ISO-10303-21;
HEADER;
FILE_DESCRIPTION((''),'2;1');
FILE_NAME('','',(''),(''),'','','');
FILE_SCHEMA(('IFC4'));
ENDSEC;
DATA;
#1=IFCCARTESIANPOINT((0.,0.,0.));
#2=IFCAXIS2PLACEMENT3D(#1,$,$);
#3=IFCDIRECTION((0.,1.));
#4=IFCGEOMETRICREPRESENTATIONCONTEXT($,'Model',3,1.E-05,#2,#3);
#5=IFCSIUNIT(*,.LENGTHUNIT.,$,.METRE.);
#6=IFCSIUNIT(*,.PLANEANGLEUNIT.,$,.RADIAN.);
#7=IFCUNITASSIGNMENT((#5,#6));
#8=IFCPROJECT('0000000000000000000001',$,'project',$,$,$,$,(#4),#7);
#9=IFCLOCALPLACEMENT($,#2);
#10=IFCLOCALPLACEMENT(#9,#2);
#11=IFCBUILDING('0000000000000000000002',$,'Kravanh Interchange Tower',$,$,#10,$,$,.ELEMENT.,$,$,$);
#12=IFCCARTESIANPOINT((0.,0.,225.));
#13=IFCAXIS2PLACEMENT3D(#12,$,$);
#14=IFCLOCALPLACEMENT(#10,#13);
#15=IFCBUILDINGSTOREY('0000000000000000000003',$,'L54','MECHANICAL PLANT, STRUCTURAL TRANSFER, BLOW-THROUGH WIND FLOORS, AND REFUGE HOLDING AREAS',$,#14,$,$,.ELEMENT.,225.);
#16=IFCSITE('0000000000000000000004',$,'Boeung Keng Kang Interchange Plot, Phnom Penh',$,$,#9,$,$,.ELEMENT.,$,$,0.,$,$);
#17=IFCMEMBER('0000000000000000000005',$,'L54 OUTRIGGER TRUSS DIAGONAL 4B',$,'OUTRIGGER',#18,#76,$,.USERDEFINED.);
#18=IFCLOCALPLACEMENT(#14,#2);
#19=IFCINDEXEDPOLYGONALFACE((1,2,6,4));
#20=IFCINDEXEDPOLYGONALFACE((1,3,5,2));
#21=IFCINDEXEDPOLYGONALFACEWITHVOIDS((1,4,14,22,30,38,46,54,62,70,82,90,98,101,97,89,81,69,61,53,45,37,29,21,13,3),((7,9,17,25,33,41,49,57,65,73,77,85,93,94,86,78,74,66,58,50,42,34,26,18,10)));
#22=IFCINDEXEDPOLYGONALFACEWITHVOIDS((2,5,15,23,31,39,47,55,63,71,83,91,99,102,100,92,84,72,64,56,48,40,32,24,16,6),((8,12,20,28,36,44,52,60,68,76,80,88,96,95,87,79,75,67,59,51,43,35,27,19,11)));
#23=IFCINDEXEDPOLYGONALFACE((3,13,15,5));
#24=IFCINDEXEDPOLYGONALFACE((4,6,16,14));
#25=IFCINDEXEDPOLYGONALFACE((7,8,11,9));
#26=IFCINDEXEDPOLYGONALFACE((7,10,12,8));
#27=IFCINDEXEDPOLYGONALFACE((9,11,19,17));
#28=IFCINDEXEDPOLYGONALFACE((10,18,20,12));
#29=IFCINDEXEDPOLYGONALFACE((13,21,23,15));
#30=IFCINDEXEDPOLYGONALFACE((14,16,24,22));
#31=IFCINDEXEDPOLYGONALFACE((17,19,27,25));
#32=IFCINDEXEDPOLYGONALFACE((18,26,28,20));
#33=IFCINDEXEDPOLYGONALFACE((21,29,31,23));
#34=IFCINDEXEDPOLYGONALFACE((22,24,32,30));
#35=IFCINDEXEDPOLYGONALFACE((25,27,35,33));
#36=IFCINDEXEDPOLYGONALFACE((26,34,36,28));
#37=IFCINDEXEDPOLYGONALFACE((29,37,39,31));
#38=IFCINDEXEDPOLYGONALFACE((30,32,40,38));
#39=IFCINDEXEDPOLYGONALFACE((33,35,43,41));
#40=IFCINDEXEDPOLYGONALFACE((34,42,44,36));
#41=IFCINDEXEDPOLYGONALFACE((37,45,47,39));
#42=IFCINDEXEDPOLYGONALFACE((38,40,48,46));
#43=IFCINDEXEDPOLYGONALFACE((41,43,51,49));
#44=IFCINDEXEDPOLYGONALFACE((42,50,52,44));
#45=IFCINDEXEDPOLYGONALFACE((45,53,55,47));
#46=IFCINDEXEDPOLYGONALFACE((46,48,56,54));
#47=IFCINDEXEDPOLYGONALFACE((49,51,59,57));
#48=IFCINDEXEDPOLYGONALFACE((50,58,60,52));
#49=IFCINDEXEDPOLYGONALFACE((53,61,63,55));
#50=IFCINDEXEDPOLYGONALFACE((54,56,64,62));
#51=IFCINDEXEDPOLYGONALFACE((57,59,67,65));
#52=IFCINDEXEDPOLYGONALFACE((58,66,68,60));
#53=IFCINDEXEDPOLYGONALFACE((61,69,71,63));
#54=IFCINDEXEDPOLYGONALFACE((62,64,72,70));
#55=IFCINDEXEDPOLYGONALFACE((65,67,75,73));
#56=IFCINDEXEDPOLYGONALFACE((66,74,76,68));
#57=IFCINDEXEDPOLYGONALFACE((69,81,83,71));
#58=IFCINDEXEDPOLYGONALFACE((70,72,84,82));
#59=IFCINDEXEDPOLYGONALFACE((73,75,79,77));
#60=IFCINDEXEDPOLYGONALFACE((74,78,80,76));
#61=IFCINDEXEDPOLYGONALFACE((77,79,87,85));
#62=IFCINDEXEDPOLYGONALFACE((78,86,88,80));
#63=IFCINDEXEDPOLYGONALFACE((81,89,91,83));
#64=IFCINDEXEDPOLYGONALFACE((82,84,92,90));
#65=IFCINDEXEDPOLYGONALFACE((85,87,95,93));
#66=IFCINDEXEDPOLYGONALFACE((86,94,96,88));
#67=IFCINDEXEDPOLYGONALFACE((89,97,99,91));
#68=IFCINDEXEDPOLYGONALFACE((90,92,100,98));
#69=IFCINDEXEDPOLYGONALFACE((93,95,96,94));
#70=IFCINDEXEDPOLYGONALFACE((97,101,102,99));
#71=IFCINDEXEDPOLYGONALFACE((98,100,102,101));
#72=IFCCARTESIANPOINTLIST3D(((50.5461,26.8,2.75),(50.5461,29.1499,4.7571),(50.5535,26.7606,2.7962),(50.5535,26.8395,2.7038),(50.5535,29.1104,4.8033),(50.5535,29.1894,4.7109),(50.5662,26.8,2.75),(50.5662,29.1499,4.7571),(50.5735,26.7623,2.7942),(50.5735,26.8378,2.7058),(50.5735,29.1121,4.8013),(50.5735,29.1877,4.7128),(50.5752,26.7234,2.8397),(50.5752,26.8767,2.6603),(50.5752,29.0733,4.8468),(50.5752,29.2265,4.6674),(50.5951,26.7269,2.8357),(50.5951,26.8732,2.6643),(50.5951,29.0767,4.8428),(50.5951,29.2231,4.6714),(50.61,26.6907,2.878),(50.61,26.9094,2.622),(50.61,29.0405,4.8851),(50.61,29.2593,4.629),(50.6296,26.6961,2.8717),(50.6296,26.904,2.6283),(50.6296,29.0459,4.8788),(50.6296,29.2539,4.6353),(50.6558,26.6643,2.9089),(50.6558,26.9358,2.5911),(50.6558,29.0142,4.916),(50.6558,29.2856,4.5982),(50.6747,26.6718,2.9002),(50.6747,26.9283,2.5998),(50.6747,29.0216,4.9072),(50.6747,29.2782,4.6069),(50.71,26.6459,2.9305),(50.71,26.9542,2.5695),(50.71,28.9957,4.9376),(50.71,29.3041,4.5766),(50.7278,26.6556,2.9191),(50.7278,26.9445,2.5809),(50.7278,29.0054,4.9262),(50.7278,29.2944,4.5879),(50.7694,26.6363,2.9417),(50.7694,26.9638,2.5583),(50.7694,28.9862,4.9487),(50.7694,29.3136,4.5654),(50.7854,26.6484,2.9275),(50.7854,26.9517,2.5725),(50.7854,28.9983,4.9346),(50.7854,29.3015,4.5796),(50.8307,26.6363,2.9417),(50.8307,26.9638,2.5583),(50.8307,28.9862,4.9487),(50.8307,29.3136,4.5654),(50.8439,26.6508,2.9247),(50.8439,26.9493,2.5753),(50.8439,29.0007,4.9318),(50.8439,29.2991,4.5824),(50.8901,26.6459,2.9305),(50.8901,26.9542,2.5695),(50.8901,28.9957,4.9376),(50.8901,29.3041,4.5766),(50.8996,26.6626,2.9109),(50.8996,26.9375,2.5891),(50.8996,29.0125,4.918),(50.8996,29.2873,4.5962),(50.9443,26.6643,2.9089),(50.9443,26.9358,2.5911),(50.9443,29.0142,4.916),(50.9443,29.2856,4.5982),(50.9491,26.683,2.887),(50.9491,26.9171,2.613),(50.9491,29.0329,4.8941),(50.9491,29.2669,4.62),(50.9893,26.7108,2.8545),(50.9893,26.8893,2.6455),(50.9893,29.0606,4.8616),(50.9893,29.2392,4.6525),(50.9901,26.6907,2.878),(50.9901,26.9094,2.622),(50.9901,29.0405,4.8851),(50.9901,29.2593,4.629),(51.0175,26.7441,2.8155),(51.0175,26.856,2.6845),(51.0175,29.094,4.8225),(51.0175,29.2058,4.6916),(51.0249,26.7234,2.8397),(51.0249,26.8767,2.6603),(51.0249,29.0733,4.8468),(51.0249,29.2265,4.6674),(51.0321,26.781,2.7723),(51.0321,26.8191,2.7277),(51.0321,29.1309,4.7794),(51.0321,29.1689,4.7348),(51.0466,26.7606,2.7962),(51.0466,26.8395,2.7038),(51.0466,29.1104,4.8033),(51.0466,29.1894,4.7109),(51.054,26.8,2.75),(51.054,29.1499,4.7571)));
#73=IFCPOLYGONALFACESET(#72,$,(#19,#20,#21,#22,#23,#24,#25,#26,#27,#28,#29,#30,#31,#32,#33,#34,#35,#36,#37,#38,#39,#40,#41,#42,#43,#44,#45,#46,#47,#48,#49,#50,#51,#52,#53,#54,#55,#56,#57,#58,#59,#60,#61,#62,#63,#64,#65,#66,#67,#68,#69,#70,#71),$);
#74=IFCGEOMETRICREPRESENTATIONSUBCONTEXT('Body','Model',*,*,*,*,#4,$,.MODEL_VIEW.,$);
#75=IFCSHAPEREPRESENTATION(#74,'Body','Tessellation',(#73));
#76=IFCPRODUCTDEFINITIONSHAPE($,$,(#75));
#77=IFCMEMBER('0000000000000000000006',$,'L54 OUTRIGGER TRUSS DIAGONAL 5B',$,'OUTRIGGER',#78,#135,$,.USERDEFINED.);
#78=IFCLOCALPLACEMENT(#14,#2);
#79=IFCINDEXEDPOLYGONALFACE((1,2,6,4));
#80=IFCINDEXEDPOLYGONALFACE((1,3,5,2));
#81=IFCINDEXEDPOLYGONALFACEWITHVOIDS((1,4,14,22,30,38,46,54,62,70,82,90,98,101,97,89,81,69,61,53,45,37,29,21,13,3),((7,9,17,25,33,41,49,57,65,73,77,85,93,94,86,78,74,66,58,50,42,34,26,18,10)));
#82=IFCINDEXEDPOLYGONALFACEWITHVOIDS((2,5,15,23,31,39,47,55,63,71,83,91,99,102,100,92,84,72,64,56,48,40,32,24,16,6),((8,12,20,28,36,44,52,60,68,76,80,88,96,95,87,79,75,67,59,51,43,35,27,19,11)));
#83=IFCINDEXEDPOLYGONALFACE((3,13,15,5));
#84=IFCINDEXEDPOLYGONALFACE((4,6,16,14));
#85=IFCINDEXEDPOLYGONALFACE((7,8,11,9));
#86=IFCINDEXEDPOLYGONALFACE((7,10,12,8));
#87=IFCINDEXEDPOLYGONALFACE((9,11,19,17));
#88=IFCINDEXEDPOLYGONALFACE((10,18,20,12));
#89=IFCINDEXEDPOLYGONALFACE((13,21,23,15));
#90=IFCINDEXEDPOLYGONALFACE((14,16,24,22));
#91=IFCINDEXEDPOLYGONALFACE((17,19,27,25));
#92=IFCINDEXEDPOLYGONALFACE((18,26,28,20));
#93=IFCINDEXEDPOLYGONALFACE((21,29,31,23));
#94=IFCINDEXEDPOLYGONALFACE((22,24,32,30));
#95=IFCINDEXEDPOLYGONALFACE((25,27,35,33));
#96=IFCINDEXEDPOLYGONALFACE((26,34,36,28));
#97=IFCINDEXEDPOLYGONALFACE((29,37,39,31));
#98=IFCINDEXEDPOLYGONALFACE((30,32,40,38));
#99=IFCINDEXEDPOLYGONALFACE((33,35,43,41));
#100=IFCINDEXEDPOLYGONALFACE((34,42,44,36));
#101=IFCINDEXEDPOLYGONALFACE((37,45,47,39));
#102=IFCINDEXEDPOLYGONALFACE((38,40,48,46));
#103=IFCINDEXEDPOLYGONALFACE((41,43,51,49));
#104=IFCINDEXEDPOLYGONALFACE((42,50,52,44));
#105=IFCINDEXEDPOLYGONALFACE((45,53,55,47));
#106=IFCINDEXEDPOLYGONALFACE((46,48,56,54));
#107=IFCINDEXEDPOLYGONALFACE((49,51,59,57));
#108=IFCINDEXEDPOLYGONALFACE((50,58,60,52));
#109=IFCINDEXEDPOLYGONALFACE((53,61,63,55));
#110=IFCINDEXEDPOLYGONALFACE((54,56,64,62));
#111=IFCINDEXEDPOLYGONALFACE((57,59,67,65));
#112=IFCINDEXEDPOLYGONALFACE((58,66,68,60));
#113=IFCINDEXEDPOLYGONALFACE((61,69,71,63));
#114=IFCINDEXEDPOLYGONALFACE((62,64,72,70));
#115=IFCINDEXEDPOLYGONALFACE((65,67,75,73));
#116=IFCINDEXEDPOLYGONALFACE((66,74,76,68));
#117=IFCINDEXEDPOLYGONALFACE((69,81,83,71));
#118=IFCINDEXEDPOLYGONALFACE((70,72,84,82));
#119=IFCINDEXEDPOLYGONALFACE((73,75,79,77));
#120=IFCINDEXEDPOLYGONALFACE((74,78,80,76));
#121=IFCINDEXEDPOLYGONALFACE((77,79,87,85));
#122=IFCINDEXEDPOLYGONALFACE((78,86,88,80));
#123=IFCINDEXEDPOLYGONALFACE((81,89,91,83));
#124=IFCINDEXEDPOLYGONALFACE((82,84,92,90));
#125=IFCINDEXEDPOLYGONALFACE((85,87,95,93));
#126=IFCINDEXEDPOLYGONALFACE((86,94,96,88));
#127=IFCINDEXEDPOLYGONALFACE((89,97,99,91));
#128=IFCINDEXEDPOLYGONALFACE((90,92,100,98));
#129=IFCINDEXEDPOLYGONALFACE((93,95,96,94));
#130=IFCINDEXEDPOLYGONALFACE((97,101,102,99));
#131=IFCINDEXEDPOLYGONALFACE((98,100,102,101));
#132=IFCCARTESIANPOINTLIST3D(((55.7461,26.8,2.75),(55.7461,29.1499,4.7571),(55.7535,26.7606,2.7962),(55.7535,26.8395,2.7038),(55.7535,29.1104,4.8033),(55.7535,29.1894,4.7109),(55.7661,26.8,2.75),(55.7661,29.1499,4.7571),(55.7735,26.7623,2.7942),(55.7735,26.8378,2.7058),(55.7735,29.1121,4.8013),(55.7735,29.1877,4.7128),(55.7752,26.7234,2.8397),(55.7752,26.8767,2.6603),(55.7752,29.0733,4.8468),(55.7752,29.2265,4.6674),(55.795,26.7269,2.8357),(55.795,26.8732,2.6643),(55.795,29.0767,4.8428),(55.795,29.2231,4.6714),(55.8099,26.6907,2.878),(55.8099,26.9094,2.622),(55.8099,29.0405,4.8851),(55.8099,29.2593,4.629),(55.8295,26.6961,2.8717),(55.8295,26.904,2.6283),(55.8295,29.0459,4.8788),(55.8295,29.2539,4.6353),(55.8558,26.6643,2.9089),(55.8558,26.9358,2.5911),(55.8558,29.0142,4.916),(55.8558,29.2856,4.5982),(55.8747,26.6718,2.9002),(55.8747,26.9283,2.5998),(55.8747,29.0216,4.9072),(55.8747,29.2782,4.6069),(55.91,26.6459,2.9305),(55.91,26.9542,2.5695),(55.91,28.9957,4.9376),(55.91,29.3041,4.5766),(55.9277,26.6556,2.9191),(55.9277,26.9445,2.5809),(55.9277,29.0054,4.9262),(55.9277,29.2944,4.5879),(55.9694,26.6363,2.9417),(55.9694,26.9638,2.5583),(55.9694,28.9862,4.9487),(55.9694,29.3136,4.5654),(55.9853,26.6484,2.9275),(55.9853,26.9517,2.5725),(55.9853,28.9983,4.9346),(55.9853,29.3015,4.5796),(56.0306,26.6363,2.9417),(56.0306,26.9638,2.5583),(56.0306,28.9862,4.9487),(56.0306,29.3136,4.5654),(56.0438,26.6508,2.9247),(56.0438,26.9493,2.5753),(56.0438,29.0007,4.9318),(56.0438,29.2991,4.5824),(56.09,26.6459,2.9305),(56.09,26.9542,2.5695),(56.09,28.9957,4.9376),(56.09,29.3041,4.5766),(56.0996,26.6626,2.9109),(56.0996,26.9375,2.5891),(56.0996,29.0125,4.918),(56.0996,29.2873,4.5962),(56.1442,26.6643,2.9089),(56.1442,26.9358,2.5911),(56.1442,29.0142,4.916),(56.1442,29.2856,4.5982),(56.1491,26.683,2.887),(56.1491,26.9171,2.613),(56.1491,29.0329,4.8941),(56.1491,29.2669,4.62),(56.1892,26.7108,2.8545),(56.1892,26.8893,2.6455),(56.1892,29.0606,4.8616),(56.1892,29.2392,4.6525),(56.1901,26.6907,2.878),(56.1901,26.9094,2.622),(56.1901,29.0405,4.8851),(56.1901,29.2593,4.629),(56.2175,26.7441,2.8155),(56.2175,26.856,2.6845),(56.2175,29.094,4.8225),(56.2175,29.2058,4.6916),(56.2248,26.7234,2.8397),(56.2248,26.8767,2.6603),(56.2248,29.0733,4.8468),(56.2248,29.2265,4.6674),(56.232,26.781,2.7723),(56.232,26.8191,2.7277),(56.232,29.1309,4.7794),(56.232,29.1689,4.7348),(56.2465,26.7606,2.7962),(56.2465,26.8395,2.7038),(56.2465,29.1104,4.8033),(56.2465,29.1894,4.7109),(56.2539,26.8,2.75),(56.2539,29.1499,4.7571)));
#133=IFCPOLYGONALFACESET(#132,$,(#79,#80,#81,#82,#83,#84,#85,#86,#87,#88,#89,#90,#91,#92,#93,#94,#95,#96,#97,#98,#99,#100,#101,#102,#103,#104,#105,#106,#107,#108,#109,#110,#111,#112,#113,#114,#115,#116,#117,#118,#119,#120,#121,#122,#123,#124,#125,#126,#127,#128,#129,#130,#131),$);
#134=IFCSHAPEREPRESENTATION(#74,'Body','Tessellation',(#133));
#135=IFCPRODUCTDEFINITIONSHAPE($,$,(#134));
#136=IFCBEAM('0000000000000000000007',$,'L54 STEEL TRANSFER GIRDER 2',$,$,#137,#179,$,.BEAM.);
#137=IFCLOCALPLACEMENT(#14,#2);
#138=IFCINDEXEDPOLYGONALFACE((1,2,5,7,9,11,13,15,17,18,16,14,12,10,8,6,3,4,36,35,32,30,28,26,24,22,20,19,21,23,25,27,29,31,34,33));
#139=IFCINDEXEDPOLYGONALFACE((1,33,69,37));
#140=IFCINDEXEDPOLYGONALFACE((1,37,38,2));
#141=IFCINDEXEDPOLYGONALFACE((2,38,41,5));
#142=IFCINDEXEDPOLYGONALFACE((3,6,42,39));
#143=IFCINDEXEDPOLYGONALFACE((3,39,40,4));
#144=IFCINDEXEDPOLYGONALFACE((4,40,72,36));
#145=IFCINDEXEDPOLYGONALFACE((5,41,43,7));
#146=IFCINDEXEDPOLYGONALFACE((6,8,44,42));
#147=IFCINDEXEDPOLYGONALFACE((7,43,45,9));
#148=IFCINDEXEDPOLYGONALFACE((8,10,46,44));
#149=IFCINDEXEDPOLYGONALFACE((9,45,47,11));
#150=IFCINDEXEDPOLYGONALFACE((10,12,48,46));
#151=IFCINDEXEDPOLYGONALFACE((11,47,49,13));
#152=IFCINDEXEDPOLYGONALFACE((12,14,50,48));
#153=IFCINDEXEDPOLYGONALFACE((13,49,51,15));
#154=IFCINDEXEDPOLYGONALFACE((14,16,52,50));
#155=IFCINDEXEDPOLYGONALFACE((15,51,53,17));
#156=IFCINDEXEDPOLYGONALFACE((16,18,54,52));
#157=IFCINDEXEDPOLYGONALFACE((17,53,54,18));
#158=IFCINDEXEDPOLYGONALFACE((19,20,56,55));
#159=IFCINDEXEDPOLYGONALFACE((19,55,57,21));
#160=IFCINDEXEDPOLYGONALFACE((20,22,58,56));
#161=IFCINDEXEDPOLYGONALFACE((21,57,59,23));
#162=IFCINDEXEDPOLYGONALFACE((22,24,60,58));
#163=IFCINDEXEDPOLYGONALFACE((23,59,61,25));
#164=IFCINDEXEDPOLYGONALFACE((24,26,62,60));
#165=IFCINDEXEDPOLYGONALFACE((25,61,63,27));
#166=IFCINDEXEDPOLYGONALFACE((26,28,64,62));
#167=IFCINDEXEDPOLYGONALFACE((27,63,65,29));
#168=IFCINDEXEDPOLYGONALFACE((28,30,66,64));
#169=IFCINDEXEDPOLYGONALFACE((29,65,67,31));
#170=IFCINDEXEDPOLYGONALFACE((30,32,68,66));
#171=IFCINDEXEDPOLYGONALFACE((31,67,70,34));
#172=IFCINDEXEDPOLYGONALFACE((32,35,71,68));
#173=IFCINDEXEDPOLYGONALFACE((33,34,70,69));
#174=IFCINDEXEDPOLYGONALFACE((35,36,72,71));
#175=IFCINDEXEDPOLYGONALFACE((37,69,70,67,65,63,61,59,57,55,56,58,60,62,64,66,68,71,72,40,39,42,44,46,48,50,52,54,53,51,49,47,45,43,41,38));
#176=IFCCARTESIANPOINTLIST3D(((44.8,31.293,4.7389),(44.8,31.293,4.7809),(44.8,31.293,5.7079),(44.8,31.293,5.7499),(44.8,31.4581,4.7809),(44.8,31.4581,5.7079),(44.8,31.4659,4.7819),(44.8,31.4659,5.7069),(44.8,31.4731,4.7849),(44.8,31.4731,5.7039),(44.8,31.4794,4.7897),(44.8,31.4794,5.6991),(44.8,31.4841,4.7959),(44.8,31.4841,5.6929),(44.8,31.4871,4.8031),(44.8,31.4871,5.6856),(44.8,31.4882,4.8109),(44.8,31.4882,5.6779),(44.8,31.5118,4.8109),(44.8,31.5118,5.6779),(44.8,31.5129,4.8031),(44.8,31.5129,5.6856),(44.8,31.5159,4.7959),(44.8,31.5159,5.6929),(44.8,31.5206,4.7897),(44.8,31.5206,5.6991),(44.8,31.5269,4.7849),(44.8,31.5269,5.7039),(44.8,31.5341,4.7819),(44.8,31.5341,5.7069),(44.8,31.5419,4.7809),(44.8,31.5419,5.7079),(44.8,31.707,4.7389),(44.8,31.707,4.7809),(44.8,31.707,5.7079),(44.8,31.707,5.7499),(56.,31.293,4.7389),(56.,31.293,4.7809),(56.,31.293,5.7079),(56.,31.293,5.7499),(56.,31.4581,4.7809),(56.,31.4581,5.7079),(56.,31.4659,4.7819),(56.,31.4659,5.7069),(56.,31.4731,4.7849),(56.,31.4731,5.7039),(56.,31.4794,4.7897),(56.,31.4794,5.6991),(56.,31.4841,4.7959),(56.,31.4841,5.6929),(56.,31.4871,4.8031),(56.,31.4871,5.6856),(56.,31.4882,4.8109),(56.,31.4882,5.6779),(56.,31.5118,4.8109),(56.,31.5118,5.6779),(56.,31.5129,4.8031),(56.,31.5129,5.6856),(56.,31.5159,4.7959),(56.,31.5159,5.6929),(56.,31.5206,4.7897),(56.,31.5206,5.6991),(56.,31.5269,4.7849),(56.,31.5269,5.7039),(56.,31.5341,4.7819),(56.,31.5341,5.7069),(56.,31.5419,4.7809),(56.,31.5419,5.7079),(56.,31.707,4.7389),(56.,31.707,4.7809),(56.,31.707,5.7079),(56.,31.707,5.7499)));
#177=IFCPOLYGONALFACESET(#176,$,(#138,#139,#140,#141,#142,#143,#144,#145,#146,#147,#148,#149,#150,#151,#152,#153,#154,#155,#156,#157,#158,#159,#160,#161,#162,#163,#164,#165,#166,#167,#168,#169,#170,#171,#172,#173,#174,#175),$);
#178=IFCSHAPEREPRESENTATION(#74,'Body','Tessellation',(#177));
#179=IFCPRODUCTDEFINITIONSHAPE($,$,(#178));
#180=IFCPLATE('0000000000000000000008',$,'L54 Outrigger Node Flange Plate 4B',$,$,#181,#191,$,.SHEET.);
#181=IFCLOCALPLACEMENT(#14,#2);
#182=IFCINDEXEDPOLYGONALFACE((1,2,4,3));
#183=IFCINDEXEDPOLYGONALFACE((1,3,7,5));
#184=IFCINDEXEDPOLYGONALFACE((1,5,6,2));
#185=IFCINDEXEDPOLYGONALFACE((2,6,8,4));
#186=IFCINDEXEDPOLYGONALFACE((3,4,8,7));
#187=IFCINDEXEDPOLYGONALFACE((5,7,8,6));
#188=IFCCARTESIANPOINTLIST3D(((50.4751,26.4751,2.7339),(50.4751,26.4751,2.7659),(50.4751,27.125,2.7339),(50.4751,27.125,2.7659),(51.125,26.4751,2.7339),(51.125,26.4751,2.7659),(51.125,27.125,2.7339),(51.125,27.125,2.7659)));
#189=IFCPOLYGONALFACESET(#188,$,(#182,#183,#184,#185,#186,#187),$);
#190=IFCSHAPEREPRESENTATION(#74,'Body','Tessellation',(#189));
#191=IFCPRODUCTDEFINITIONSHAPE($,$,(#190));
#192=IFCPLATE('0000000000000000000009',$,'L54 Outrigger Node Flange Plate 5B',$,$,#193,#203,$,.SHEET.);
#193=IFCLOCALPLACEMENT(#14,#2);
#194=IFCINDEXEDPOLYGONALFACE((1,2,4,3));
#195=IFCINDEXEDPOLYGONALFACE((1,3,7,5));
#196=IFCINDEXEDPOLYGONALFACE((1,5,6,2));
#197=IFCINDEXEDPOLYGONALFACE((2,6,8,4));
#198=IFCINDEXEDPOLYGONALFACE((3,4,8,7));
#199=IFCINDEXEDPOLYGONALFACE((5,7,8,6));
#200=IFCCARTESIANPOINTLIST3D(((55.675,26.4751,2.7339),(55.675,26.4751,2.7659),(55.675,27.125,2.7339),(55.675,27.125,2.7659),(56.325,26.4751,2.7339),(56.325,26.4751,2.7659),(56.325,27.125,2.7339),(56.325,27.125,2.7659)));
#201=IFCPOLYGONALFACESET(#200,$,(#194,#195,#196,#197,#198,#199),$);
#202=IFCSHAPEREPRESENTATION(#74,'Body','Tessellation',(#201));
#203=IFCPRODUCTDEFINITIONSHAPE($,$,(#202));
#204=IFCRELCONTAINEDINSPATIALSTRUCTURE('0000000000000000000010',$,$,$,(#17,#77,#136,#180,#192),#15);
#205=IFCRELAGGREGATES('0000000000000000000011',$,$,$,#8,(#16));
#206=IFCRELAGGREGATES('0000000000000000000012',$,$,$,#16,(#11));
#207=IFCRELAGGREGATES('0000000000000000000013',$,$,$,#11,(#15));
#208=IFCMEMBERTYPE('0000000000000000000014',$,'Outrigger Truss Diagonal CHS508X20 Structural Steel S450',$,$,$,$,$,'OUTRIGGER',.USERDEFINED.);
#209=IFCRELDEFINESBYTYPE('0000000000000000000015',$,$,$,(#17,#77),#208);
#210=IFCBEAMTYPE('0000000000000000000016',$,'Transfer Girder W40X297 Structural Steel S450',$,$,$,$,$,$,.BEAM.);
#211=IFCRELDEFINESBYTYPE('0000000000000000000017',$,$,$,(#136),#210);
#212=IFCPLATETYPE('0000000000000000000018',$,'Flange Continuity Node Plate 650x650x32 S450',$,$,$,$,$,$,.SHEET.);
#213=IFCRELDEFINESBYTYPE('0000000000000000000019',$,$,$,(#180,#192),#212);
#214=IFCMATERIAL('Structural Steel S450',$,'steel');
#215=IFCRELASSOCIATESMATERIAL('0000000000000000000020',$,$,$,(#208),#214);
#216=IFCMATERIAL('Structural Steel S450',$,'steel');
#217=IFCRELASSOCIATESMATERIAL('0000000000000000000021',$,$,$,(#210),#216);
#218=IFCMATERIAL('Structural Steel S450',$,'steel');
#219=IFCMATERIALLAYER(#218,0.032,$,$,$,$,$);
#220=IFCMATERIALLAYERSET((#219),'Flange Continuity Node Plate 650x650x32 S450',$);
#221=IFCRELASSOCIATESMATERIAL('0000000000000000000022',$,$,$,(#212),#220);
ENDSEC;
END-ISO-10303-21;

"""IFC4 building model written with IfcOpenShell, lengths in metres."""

from ifc_helpers import new_model, si_unit, direction, frame, origin, origin_2d, place, context, subcontext, project, spatial, rectangle, hollow_circle, i_section, extrude, material, layer, layer_set, material_profile, profile_set, type_object, element, save


model = new_model("IFC4")

# Units and contexts
model_context = context("Model", 3, precision=1e-05, world=origin(), true_north=direction((0.0, 1.0)))
body_context = subcontext(model_context, "Body", "Model", "MODEL_VIEW")
ifc_project = project(units=[si_unit("LENGTHUNIT", "METRE"), si_unit("PLANEANGLEUNIT", "RADIAN")], contexts=[model_context])

# Site, building, storey
site_placement = place(None, origin())
site = spatial("IfcSite", under=ifc_project, at=site_placement, Name="Boeung Keng Kang Interchange Plot, Phnom Penh", CompositionType="ELEMENT", RefElevation=0.0)
building_placement = place(site_placement, origin())
building = spatial("IfcBuilding", under=site, at=building_placement, Name="Kravanh Interchange Tower", CompositionType="ELEMENT")
storey_placement = place(building_placement, frame((0.0, 0.0, 225.0)))
storey = spatial("IfcBuildingStorey", under=building, at=storey_placement, Name="L54", Description="MECHANICAL PLANT, STRUCTURAL TRANSFER, BLOW-THROUGH WIND FLOORS, AND REFUGE HOLDING AREAS", CompositionType="ELEMENT", Elevation=225.0)

# Members
ifc_material_1 = material(Name="Structural Steel S450", Category="steel")
ifc_material_profile_1 = material_profile(ifc_material_1, hollow_circle(Radius=0.2539, WallThickness=0.02, at=origin_2d()), Name="CHS508X20")
ifc_profile_set_1 = profile_set([ifc_material_profile_1], Name="Structural Steel S450")
member_type_1 = type_object("IfcMemberType", Name="Outrigger Truss Diagonal CHS508X20 Structural Steel S450", ElementType="OUTRIGGER", PredefinedType="USERDEFINED", material=ifc_profile_set_1)
for number, where, z_axis, x_axis, name in (
    (1, (50.8, 26.8, 2.75), (0.0, 0.760387, 0.64947), (-1.0, 0.0, 0.0), "L54 OUTRIGGER TRUSS DIAGONAL 4B"),
    (2, (56.0, 26.8, 2.75), (0.0, 0.760387, 0.64947), (-1.0, 0.0, 0.0), "L54 OUTRIGGER TRUSS DIAGONAL 5B"),
):
    element("IfcMember", number, at=place(storey_placement, frame(where, z_axis=z_axis, x_axis=x_axis)), inside=storey, type_object=member_type_1, Name=name, ObjectType="OUTRIGGER", PredefinedType="USERDEFINED", context=body_context, shape_type="SweptSolid", body=[
        extrude(hollow_circle(Radius=0.2539, WallThickness=0.02, at=origin_2d()), origin(), (0.0, 0.0, 1.0), 3.0903),
    ])

# Beam
ifc_material_2 = material(Name="Structural Steel S450", Category="steel")
ifc_material_profile_2 = material_profile(ifc_material_2, i_section(OverallWidth=0.4141, OverallDepth=1.011, WebThickness=0.0237, FlangeThickness=0.042, FilletRadius=0.03, at=origin_2d()), Name="W40X297")
ifc_profile_set_2 = profile_set([ifc_material_profile_2], Name="Structural Steel S450")
beam_type_1 = type_object("IfcBeamType", Name="Transfer Girder W40X297 Structural Steel S450", PredefinedType="BEAM", material=ifc_profile_set_2)
beam_1_placement = place(storey_placement, frame((44.8, 31.5, 5.2444), z_axis=(1.0, 0.0, 0.0), x_axis=(0.0, 1.0, 0.0)))
element("IfcBeam", 3, at=beam_1_placement, inside=storey, type_object=beam_type_1, Name="L54 STEEL TRANSFER GIRDER 2", PredefinedType="BEAM", context=body_context, shape_type="SweptSolid", body=[
    extrude(i_section(OverallWidth=0.4141, OverallDepth=1.011, WebThickness=0.0237, FlangeThickness=0.042, FilletRadius=0.03, at=origin_2d()), origin(), (0.0, 0.0, 1.0), 11.2),
])

# Plates
ifc_material_3 = material(Name="Structural Steel S450", Category="steel")
ifc_layer_1 = layer(ifc_material_3, 0.032)
ifc_layer_set_1 = layer_set([ifc_layer_1], Name="Flange Continuity Node Plate 650x650x32 S450")
plate_type_1 = type_object("IfcPlateType", Name="Flange Continuity Node Plate 650x650x32 S450", PredefinedType="SHEET", material=ifc_layer_set_1)
for number, where, z_axis, x_axis, name in (
    (4, (50.8, 26.8, 2.7339), (0.0, 0.0, 1.0), (1.0, 0.0, 0.0), "L54 Outrigger Node Flange Plate 4B"),
    (5, (56.0, 26.8, 2.7339), (0.0, 0.0, 1.0), (1.0, 0.0, 0.0), "L54 Outrigger Node Flange Plate 5B"),
):
    element("IfcPlate", number, at=place(storey_placement, frame(where, z_axis=z_axis, x_axis=x_axis)), inside=storey, type_object=plate_type_1, Name=name, PredefinedType="SHEET", context=body_context, shape_type="SweptSolid", body=[
        extrude(rectangle(XDim=0.6499, YDim=0.6499, at=origin_2d()), origin(), (0.0, 0.0, 1.0), 0.032),
    ])

save(model, "model.ifc")
